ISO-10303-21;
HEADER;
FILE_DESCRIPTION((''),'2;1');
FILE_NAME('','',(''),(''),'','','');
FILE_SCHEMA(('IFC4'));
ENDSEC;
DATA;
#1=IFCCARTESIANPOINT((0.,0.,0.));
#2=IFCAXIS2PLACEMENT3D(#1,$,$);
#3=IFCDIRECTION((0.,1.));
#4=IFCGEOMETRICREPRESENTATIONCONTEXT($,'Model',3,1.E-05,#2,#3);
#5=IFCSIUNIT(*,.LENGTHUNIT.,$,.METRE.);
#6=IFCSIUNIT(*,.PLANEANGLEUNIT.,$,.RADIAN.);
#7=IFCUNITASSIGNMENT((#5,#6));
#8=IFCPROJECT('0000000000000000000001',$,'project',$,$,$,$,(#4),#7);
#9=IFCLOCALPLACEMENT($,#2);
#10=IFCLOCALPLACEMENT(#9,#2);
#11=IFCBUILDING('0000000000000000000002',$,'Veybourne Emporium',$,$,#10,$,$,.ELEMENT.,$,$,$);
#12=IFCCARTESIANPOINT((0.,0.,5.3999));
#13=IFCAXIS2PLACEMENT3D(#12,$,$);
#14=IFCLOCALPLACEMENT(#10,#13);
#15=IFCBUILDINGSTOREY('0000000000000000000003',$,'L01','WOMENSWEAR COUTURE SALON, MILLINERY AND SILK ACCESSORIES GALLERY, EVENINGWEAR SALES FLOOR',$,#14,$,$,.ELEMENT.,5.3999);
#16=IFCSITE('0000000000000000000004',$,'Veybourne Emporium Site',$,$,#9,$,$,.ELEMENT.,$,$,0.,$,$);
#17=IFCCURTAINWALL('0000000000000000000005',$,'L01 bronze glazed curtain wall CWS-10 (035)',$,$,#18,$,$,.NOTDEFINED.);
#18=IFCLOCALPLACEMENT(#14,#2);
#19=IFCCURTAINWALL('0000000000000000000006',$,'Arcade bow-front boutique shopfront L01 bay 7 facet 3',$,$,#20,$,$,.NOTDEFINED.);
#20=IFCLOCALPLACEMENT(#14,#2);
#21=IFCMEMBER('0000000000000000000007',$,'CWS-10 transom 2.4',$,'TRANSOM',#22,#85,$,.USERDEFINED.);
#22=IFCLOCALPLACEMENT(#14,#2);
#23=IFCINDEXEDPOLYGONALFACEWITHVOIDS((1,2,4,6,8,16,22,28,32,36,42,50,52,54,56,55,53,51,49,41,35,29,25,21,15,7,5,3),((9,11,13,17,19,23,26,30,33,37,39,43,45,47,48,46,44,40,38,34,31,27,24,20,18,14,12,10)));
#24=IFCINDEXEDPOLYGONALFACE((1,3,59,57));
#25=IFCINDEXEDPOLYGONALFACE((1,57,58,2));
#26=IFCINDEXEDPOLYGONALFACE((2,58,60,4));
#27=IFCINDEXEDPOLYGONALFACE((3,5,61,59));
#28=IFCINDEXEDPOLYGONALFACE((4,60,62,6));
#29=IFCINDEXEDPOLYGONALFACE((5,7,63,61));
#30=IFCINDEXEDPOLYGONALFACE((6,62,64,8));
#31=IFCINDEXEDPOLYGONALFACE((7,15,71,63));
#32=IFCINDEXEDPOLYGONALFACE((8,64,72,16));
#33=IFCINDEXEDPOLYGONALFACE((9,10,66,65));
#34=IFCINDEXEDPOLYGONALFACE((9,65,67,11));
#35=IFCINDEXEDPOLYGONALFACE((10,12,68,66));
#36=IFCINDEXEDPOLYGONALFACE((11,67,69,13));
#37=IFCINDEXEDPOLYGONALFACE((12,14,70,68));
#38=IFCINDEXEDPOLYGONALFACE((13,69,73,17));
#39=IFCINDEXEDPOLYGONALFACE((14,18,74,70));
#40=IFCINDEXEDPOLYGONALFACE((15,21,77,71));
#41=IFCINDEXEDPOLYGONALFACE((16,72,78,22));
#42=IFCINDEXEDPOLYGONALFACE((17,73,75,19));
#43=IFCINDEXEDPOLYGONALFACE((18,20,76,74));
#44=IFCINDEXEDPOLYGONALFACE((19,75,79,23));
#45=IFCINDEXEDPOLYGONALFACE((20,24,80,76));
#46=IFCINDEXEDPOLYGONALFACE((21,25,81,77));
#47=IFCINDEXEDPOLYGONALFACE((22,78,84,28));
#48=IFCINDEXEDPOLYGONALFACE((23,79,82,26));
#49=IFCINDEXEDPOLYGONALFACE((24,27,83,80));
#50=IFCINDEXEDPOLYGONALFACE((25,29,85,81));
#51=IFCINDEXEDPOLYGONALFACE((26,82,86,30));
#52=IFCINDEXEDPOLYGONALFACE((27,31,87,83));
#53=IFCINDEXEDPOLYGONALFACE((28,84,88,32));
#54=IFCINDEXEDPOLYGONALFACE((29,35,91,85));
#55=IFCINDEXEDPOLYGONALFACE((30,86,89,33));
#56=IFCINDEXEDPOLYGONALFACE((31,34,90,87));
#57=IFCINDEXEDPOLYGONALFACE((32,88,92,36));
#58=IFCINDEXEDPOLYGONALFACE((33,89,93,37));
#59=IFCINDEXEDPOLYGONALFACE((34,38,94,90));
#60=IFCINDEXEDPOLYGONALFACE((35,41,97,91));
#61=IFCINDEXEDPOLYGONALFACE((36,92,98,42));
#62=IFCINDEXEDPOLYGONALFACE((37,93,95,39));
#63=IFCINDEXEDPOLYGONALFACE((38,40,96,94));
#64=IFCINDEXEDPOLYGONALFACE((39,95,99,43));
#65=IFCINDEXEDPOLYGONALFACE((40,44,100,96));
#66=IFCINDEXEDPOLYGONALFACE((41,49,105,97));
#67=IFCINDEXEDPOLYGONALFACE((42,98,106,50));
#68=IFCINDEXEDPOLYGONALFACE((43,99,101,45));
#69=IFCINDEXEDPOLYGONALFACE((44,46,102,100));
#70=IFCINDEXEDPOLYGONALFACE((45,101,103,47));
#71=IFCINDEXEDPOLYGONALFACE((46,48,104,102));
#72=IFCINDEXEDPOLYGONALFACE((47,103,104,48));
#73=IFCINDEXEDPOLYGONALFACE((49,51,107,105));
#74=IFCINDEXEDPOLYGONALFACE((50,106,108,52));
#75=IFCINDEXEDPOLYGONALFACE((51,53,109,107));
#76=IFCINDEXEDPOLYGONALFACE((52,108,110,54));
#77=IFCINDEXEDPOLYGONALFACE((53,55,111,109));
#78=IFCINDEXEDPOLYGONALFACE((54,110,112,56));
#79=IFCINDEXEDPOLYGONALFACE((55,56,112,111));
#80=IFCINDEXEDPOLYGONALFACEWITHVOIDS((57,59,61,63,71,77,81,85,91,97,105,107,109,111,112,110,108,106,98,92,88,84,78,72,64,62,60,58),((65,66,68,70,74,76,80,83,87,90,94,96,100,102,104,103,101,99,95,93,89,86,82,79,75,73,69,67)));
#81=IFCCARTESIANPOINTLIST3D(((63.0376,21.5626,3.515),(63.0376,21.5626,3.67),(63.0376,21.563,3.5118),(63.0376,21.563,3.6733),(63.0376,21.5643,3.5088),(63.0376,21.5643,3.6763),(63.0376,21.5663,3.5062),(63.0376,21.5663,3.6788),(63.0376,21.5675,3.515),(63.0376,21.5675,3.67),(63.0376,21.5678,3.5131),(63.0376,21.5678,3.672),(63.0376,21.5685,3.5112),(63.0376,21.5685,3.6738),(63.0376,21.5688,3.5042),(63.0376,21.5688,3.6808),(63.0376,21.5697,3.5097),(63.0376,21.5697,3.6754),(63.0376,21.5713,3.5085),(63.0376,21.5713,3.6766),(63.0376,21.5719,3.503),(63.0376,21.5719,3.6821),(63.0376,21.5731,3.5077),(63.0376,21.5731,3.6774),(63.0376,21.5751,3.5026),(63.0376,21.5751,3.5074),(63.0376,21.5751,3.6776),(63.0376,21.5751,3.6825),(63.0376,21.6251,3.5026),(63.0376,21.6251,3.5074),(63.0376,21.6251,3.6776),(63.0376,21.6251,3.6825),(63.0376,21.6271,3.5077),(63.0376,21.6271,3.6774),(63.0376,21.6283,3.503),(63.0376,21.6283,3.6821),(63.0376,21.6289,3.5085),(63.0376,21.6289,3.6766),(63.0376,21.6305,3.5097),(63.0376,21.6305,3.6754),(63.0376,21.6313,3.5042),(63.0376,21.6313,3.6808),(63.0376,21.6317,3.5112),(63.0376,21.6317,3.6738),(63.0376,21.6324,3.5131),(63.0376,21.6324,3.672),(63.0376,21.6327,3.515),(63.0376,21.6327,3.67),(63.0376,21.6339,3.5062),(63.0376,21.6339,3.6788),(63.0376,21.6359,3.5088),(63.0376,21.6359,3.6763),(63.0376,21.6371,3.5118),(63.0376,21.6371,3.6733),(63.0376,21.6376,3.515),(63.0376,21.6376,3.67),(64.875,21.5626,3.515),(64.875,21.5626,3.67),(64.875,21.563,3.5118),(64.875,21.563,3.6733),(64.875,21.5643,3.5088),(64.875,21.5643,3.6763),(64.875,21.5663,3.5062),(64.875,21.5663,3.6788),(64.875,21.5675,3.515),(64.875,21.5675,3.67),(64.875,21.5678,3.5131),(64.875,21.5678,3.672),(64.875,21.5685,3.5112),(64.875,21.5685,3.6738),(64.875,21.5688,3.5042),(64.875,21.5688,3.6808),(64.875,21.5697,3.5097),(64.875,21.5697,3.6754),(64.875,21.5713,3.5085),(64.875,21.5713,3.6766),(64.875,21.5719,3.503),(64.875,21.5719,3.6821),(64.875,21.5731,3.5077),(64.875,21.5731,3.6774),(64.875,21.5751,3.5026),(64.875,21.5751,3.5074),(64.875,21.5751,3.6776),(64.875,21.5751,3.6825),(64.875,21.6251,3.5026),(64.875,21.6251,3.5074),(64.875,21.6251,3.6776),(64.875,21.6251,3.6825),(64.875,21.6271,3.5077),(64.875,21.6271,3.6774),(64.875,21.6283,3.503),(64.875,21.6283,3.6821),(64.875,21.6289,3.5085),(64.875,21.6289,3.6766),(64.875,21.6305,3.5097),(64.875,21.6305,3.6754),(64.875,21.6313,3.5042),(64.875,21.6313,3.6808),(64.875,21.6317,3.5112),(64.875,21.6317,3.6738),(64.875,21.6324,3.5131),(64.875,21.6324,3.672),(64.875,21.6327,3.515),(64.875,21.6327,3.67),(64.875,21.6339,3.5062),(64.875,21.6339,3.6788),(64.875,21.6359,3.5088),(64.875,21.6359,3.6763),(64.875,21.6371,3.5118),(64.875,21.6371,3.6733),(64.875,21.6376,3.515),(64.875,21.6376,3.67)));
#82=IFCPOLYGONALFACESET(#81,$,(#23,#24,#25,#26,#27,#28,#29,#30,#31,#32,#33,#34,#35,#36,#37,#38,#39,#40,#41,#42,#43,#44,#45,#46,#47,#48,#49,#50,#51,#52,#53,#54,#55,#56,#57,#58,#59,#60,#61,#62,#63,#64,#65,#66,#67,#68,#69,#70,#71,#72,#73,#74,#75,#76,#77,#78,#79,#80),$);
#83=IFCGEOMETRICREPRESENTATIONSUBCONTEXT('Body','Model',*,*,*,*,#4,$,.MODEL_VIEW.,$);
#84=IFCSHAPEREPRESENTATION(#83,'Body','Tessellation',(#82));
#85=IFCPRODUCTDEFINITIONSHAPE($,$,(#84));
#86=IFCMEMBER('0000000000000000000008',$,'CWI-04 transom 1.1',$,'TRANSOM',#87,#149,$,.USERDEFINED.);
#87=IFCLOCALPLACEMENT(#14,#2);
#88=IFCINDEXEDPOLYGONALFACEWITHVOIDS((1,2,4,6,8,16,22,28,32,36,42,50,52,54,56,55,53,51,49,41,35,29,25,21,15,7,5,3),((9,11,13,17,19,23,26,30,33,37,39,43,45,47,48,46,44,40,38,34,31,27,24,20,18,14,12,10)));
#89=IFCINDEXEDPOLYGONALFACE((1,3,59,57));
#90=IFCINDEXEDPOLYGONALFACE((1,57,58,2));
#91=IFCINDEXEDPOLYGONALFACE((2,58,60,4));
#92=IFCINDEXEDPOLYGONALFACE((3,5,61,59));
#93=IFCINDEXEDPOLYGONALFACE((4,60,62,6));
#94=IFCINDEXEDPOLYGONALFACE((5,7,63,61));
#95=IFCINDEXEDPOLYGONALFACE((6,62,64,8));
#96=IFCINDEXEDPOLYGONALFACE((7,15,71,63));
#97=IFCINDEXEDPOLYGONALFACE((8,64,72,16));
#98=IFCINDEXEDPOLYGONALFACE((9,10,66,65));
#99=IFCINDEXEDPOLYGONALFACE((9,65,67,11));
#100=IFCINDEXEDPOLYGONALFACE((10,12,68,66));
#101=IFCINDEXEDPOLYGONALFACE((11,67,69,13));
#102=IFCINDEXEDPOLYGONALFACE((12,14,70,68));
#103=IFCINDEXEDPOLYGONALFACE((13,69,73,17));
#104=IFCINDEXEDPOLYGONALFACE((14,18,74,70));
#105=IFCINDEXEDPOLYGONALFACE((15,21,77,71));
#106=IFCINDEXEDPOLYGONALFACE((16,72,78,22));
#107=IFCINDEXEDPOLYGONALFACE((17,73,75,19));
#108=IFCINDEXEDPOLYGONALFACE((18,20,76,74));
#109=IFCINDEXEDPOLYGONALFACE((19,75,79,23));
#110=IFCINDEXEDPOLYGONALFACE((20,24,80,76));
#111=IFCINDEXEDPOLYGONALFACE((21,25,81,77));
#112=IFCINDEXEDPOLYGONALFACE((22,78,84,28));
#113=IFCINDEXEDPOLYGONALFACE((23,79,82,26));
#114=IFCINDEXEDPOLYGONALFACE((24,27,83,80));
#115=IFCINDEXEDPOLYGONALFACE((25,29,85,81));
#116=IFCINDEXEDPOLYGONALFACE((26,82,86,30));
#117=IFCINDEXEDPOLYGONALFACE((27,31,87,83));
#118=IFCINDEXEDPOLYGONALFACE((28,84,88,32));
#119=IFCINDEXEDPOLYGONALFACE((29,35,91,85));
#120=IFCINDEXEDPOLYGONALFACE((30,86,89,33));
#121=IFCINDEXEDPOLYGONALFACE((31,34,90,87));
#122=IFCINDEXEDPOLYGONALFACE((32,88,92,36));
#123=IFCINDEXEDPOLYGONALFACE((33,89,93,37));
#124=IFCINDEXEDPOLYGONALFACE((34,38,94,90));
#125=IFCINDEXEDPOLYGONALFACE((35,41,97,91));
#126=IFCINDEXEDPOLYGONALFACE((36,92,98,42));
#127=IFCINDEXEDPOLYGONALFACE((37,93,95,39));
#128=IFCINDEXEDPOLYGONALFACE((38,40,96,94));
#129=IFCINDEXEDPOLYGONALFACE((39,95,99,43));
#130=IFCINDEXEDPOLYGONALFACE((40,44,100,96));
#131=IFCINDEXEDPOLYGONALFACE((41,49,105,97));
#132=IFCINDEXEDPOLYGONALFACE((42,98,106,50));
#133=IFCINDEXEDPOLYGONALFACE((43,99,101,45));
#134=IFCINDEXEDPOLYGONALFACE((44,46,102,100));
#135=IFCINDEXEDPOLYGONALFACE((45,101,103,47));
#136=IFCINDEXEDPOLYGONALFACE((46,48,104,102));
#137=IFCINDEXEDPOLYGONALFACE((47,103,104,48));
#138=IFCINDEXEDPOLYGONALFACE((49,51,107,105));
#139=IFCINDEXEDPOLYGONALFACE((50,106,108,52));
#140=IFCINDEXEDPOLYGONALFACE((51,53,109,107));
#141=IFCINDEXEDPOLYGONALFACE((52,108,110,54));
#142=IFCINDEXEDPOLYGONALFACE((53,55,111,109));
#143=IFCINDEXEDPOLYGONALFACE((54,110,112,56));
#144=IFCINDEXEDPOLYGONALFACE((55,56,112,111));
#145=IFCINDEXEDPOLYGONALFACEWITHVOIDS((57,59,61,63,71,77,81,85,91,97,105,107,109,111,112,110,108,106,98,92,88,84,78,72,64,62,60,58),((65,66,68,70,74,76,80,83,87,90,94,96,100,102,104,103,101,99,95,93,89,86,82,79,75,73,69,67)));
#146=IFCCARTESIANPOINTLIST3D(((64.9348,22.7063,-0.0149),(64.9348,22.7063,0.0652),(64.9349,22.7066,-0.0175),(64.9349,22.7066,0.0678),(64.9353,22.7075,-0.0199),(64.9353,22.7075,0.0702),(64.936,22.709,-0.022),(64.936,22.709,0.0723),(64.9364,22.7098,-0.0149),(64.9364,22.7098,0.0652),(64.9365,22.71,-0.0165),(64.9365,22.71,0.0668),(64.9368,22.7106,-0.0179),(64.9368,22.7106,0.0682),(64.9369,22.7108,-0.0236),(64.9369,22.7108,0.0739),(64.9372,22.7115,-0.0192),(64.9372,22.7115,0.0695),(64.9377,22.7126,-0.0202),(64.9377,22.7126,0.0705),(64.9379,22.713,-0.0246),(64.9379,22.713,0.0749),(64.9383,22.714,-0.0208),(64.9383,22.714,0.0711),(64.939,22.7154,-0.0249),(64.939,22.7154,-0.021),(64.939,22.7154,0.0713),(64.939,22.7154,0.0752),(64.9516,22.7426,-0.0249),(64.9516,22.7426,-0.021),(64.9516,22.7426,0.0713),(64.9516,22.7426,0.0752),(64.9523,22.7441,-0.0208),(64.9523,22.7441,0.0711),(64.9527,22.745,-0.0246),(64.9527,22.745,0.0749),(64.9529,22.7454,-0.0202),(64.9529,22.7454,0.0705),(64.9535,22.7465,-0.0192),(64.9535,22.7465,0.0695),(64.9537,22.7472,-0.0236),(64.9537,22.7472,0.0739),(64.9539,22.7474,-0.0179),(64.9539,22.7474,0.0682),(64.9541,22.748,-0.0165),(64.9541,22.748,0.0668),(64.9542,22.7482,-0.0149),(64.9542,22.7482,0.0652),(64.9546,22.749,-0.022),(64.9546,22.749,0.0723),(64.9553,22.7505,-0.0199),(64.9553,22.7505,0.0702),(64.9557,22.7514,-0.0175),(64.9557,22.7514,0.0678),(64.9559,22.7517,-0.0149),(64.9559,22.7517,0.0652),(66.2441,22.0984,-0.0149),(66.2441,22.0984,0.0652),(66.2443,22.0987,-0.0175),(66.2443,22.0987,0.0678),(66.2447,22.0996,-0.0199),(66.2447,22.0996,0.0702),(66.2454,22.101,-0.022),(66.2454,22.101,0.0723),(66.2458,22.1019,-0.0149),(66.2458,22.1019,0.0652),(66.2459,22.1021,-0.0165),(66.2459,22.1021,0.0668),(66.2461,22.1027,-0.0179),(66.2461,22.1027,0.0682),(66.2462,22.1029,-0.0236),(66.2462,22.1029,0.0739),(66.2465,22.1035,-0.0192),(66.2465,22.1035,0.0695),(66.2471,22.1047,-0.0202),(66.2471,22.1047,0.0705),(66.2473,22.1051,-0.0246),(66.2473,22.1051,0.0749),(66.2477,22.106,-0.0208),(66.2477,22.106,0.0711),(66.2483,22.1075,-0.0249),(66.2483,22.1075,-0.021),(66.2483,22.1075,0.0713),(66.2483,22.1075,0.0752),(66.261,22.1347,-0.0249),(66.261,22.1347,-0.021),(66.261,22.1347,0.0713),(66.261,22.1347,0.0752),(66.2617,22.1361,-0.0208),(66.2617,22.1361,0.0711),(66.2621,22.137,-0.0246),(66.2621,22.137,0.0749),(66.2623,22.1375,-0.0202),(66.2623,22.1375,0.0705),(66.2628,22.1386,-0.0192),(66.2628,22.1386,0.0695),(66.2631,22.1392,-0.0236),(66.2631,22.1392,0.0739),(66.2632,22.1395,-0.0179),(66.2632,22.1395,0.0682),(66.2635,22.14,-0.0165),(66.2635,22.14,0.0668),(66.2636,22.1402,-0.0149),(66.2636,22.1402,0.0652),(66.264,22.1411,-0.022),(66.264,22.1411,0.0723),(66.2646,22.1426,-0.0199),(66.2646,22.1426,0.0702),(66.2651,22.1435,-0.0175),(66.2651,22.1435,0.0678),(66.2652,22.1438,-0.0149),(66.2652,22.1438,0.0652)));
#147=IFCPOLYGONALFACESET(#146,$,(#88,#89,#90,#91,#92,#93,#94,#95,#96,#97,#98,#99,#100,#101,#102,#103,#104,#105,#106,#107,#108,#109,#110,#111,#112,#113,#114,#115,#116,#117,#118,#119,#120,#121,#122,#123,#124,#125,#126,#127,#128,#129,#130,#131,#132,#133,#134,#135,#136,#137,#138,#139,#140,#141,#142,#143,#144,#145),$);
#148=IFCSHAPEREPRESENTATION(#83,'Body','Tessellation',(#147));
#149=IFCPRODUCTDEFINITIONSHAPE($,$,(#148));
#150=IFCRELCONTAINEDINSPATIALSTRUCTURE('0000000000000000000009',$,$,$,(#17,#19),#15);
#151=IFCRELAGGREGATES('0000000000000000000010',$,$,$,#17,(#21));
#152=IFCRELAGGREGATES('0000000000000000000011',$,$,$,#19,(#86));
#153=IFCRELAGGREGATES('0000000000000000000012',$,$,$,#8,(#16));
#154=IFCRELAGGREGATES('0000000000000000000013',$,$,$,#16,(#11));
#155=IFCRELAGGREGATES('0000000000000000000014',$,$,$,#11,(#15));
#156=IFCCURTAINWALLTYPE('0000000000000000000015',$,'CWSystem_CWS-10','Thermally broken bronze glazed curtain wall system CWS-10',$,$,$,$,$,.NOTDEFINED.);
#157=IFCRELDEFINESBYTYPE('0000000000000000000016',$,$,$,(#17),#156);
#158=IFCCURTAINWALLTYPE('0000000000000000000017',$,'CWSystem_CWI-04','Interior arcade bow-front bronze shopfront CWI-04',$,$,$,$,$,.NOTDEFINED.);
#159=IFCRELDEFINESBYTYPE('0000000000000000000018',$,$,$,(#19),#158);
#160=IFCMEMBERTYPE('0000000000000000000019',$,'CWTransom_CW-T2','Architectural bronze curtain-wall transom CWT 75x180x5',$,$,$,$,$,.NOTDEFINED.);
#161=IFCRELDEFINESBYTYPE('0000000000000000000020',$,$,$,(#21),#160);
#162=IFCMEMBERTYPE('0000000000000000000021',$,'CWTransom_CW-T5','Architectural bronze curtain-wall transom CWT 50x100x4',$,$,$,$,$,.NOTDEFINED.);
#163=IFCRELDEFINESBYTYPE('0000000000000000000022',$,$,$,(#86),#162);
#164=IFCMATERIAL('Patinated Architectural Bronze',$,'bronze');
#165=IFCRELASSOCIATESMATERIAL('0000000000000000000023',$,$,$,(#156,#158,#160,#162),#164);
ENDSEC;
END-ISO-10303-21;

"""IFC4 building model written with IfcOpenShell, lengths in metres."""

from ifc_helpers import new_model, si_unit, direction, frame, origin, origin_2d, place, context, subcontext, project, spatial, hollow_rectangle, extrude, material, material_profile, profile_set, type_object, element, aggregate, save


model = new_model("IFC4")

# Units and contexts
model_context = context("Model", 3, precision=1e-05, world=origin(), true_north=direction((0.0, 1.0)))
body_context = subcontext(model_context, "Body", "Model", "MODEL_VIEW")
ifc_project = project(units=[si_unit("LENGTHUNIT", "METRE"), si_unit("PLANEANGLEUNIT", "RADIAN")], contexts=[model_context])

# Site, building, storey
site_placement = place(None, origin())
site = spatial("IfcSite", under=ifc_project, at=site_placement, Name="Veybourne Emporium Site", CompositionType="ELEMENT", RefElevation=0.0)
building_placement = place(site_placement, origin())
building = spatial("IfcBuilding", under=site, at=building_placement, Name="Veybourne Emporium", CompositionType="ELEMENT")
storey_placement = place(building_placement, frame((0.0, 0.0, 5.3999)))
storey = spatial("IfcBuildingStorey", under=building, at=storey_placement, Name="L01", Description="WOMENSWEAR COUTURE SALON, MILLINERY AND SILK ACCESSORIES GALLERY, EVENINGWEAR SALES FLOOR", CompositionType="ELEMENT", Elevation=5.3999)

# Curtain walls
ifc_material_1 = material(Name="Patinated Architectural Bronze", Category="bronze")
curtain_wall_type_1 = type_object("IfcCurtainWallType", Name="CWSystem_CWS-10", Description="Thermally broken bronze glazed curtain wall system CWS-10", PredefinedType="NOTDEFINED", material=ifc_material_1)
curtain_wall_1_placement = place(storey_placement, origin())
curtain_wall_1 = element("IfcCurtainWall", 1, at=curtain_wall_1_placement, inside=storey, type_object=curtain_wall_type_1, Name="L01 bronze glazed curtain wall CWS-10 (035)", PredefinedType="NOTDEFINED")
curtain_wall_type_2 = type_object("IfcCurtainWallType", Name="CWSystem_CWI-04", Description="Interior arcade bow-front bronze shopfront CWI-04", PredefinedType="NOTDEFINED", material=ifc_material_1)
curtain_wall_2_placement = place(storey_placement, origin())
curtain_wall_2 = element("IfcCurtainWall", 2, at=curtain_wall_2_placement, inside=storey, type_object=curtain_wall_type_2, Name="Arcade bow-front boutique shopfront L01 bay 7 facet 3", PredefinedType="NOTDEFINED")

# Members
ifc_material_profile_1 = material_profile(ifc_material_1, hollow_rectangle(XDim=0.075, YDim=0.1799, WallThickness=0.0049, InnerFilletRadius=0.0076, OuterFilletRadius=0.0125, at=origin_2d()), Name="CWT 75x180x5")
ifc_profile_set_1 = profile_set([ifc_material_profile_1], Name="Patinated Architectural Bronze")
member_type_1 = type_object("IfcMemberType", Name="CWTransom_CW-T2", Description="Architectural bronze curtain-wall transom CWT 75x180x5", PredefinedType="NOTDEFINED", material=ifc_profile_set_1)
member_1_placement = place(storey_placement, frame((64.875, 21.6001, 3.5925), z_axis=(-1.0, 0.0, 0.0), x_axis=(0.0, -1.0, 0.0)))
member_1 = element("IfcMember", 3, at=member_1_placement, type_object=member_type_1, Name="CWS-10 transom 2.4", ObjectType="TRANSOM", PredefinedType="USERDEFINED", context=body_context, shape_type="SweptSolid", body=[
    extrude(hollow_rectangle(XDim=0.075, YDim=0.1799, WallThickness=0.0049, InnerFilletRadius=0.0076, OuterFilletRadius=0.0125, at=origin_2d()), origin(), (0.0, 0.0, 1.0), 1.8374),
])
ifc_material_profile_2 = material_profile(ifc_material_1, hollow_rectangle(XDim=0.05, YDim=0.1001, WallThickness=0.0039, InnerFilletRadius=0.0061, OuterFilletRadius=0.01, at=origin_2d()), Name="CWT 50x100x4")
ifc_profile_set_2 = profile_set([ifc_material_profile_2], Name="Patinated Architectural Bronze")
member_type_2 = type_object("IfcMemberType", Name="CWTransom_CW-T5", Description="Architectural bronze curtain-wall transom CWT 50x100x4", PredefinedType="NOTDEFINED", material=ifc_profile_set_2)
member_2_placement = place(storey_placement, frame((64.9453, 22.729, 0.0251), z_axis=(0.907007, -0.421116, 0.0), x_axis=(0.421116, 0.907007, 0.0)))
member_2 = element("IfcMember", 4, at=member_2_placement, type_object=member_type_2, Name="CWI-04 transom 1.1", ObjectType="TRANSOM", PredefinedType="USERDEFINED", context=body_context, shape_type="SweptSolid", body=[
    extrude(hollow_rectangle(XDim=0.05, YDim=0.1001, WallThickness=0.0039, InnerFilletRadius=0.0061, OuterFilletRadius=0.01, at=origin_2d()), origin(), (0.0, 0.0, 1.0), 1.4436),
])

aggregate(curtain_wall_1, [member_1])
aggregate(curtain_wall_2, [member_2])

save(model, "model.ifc")
